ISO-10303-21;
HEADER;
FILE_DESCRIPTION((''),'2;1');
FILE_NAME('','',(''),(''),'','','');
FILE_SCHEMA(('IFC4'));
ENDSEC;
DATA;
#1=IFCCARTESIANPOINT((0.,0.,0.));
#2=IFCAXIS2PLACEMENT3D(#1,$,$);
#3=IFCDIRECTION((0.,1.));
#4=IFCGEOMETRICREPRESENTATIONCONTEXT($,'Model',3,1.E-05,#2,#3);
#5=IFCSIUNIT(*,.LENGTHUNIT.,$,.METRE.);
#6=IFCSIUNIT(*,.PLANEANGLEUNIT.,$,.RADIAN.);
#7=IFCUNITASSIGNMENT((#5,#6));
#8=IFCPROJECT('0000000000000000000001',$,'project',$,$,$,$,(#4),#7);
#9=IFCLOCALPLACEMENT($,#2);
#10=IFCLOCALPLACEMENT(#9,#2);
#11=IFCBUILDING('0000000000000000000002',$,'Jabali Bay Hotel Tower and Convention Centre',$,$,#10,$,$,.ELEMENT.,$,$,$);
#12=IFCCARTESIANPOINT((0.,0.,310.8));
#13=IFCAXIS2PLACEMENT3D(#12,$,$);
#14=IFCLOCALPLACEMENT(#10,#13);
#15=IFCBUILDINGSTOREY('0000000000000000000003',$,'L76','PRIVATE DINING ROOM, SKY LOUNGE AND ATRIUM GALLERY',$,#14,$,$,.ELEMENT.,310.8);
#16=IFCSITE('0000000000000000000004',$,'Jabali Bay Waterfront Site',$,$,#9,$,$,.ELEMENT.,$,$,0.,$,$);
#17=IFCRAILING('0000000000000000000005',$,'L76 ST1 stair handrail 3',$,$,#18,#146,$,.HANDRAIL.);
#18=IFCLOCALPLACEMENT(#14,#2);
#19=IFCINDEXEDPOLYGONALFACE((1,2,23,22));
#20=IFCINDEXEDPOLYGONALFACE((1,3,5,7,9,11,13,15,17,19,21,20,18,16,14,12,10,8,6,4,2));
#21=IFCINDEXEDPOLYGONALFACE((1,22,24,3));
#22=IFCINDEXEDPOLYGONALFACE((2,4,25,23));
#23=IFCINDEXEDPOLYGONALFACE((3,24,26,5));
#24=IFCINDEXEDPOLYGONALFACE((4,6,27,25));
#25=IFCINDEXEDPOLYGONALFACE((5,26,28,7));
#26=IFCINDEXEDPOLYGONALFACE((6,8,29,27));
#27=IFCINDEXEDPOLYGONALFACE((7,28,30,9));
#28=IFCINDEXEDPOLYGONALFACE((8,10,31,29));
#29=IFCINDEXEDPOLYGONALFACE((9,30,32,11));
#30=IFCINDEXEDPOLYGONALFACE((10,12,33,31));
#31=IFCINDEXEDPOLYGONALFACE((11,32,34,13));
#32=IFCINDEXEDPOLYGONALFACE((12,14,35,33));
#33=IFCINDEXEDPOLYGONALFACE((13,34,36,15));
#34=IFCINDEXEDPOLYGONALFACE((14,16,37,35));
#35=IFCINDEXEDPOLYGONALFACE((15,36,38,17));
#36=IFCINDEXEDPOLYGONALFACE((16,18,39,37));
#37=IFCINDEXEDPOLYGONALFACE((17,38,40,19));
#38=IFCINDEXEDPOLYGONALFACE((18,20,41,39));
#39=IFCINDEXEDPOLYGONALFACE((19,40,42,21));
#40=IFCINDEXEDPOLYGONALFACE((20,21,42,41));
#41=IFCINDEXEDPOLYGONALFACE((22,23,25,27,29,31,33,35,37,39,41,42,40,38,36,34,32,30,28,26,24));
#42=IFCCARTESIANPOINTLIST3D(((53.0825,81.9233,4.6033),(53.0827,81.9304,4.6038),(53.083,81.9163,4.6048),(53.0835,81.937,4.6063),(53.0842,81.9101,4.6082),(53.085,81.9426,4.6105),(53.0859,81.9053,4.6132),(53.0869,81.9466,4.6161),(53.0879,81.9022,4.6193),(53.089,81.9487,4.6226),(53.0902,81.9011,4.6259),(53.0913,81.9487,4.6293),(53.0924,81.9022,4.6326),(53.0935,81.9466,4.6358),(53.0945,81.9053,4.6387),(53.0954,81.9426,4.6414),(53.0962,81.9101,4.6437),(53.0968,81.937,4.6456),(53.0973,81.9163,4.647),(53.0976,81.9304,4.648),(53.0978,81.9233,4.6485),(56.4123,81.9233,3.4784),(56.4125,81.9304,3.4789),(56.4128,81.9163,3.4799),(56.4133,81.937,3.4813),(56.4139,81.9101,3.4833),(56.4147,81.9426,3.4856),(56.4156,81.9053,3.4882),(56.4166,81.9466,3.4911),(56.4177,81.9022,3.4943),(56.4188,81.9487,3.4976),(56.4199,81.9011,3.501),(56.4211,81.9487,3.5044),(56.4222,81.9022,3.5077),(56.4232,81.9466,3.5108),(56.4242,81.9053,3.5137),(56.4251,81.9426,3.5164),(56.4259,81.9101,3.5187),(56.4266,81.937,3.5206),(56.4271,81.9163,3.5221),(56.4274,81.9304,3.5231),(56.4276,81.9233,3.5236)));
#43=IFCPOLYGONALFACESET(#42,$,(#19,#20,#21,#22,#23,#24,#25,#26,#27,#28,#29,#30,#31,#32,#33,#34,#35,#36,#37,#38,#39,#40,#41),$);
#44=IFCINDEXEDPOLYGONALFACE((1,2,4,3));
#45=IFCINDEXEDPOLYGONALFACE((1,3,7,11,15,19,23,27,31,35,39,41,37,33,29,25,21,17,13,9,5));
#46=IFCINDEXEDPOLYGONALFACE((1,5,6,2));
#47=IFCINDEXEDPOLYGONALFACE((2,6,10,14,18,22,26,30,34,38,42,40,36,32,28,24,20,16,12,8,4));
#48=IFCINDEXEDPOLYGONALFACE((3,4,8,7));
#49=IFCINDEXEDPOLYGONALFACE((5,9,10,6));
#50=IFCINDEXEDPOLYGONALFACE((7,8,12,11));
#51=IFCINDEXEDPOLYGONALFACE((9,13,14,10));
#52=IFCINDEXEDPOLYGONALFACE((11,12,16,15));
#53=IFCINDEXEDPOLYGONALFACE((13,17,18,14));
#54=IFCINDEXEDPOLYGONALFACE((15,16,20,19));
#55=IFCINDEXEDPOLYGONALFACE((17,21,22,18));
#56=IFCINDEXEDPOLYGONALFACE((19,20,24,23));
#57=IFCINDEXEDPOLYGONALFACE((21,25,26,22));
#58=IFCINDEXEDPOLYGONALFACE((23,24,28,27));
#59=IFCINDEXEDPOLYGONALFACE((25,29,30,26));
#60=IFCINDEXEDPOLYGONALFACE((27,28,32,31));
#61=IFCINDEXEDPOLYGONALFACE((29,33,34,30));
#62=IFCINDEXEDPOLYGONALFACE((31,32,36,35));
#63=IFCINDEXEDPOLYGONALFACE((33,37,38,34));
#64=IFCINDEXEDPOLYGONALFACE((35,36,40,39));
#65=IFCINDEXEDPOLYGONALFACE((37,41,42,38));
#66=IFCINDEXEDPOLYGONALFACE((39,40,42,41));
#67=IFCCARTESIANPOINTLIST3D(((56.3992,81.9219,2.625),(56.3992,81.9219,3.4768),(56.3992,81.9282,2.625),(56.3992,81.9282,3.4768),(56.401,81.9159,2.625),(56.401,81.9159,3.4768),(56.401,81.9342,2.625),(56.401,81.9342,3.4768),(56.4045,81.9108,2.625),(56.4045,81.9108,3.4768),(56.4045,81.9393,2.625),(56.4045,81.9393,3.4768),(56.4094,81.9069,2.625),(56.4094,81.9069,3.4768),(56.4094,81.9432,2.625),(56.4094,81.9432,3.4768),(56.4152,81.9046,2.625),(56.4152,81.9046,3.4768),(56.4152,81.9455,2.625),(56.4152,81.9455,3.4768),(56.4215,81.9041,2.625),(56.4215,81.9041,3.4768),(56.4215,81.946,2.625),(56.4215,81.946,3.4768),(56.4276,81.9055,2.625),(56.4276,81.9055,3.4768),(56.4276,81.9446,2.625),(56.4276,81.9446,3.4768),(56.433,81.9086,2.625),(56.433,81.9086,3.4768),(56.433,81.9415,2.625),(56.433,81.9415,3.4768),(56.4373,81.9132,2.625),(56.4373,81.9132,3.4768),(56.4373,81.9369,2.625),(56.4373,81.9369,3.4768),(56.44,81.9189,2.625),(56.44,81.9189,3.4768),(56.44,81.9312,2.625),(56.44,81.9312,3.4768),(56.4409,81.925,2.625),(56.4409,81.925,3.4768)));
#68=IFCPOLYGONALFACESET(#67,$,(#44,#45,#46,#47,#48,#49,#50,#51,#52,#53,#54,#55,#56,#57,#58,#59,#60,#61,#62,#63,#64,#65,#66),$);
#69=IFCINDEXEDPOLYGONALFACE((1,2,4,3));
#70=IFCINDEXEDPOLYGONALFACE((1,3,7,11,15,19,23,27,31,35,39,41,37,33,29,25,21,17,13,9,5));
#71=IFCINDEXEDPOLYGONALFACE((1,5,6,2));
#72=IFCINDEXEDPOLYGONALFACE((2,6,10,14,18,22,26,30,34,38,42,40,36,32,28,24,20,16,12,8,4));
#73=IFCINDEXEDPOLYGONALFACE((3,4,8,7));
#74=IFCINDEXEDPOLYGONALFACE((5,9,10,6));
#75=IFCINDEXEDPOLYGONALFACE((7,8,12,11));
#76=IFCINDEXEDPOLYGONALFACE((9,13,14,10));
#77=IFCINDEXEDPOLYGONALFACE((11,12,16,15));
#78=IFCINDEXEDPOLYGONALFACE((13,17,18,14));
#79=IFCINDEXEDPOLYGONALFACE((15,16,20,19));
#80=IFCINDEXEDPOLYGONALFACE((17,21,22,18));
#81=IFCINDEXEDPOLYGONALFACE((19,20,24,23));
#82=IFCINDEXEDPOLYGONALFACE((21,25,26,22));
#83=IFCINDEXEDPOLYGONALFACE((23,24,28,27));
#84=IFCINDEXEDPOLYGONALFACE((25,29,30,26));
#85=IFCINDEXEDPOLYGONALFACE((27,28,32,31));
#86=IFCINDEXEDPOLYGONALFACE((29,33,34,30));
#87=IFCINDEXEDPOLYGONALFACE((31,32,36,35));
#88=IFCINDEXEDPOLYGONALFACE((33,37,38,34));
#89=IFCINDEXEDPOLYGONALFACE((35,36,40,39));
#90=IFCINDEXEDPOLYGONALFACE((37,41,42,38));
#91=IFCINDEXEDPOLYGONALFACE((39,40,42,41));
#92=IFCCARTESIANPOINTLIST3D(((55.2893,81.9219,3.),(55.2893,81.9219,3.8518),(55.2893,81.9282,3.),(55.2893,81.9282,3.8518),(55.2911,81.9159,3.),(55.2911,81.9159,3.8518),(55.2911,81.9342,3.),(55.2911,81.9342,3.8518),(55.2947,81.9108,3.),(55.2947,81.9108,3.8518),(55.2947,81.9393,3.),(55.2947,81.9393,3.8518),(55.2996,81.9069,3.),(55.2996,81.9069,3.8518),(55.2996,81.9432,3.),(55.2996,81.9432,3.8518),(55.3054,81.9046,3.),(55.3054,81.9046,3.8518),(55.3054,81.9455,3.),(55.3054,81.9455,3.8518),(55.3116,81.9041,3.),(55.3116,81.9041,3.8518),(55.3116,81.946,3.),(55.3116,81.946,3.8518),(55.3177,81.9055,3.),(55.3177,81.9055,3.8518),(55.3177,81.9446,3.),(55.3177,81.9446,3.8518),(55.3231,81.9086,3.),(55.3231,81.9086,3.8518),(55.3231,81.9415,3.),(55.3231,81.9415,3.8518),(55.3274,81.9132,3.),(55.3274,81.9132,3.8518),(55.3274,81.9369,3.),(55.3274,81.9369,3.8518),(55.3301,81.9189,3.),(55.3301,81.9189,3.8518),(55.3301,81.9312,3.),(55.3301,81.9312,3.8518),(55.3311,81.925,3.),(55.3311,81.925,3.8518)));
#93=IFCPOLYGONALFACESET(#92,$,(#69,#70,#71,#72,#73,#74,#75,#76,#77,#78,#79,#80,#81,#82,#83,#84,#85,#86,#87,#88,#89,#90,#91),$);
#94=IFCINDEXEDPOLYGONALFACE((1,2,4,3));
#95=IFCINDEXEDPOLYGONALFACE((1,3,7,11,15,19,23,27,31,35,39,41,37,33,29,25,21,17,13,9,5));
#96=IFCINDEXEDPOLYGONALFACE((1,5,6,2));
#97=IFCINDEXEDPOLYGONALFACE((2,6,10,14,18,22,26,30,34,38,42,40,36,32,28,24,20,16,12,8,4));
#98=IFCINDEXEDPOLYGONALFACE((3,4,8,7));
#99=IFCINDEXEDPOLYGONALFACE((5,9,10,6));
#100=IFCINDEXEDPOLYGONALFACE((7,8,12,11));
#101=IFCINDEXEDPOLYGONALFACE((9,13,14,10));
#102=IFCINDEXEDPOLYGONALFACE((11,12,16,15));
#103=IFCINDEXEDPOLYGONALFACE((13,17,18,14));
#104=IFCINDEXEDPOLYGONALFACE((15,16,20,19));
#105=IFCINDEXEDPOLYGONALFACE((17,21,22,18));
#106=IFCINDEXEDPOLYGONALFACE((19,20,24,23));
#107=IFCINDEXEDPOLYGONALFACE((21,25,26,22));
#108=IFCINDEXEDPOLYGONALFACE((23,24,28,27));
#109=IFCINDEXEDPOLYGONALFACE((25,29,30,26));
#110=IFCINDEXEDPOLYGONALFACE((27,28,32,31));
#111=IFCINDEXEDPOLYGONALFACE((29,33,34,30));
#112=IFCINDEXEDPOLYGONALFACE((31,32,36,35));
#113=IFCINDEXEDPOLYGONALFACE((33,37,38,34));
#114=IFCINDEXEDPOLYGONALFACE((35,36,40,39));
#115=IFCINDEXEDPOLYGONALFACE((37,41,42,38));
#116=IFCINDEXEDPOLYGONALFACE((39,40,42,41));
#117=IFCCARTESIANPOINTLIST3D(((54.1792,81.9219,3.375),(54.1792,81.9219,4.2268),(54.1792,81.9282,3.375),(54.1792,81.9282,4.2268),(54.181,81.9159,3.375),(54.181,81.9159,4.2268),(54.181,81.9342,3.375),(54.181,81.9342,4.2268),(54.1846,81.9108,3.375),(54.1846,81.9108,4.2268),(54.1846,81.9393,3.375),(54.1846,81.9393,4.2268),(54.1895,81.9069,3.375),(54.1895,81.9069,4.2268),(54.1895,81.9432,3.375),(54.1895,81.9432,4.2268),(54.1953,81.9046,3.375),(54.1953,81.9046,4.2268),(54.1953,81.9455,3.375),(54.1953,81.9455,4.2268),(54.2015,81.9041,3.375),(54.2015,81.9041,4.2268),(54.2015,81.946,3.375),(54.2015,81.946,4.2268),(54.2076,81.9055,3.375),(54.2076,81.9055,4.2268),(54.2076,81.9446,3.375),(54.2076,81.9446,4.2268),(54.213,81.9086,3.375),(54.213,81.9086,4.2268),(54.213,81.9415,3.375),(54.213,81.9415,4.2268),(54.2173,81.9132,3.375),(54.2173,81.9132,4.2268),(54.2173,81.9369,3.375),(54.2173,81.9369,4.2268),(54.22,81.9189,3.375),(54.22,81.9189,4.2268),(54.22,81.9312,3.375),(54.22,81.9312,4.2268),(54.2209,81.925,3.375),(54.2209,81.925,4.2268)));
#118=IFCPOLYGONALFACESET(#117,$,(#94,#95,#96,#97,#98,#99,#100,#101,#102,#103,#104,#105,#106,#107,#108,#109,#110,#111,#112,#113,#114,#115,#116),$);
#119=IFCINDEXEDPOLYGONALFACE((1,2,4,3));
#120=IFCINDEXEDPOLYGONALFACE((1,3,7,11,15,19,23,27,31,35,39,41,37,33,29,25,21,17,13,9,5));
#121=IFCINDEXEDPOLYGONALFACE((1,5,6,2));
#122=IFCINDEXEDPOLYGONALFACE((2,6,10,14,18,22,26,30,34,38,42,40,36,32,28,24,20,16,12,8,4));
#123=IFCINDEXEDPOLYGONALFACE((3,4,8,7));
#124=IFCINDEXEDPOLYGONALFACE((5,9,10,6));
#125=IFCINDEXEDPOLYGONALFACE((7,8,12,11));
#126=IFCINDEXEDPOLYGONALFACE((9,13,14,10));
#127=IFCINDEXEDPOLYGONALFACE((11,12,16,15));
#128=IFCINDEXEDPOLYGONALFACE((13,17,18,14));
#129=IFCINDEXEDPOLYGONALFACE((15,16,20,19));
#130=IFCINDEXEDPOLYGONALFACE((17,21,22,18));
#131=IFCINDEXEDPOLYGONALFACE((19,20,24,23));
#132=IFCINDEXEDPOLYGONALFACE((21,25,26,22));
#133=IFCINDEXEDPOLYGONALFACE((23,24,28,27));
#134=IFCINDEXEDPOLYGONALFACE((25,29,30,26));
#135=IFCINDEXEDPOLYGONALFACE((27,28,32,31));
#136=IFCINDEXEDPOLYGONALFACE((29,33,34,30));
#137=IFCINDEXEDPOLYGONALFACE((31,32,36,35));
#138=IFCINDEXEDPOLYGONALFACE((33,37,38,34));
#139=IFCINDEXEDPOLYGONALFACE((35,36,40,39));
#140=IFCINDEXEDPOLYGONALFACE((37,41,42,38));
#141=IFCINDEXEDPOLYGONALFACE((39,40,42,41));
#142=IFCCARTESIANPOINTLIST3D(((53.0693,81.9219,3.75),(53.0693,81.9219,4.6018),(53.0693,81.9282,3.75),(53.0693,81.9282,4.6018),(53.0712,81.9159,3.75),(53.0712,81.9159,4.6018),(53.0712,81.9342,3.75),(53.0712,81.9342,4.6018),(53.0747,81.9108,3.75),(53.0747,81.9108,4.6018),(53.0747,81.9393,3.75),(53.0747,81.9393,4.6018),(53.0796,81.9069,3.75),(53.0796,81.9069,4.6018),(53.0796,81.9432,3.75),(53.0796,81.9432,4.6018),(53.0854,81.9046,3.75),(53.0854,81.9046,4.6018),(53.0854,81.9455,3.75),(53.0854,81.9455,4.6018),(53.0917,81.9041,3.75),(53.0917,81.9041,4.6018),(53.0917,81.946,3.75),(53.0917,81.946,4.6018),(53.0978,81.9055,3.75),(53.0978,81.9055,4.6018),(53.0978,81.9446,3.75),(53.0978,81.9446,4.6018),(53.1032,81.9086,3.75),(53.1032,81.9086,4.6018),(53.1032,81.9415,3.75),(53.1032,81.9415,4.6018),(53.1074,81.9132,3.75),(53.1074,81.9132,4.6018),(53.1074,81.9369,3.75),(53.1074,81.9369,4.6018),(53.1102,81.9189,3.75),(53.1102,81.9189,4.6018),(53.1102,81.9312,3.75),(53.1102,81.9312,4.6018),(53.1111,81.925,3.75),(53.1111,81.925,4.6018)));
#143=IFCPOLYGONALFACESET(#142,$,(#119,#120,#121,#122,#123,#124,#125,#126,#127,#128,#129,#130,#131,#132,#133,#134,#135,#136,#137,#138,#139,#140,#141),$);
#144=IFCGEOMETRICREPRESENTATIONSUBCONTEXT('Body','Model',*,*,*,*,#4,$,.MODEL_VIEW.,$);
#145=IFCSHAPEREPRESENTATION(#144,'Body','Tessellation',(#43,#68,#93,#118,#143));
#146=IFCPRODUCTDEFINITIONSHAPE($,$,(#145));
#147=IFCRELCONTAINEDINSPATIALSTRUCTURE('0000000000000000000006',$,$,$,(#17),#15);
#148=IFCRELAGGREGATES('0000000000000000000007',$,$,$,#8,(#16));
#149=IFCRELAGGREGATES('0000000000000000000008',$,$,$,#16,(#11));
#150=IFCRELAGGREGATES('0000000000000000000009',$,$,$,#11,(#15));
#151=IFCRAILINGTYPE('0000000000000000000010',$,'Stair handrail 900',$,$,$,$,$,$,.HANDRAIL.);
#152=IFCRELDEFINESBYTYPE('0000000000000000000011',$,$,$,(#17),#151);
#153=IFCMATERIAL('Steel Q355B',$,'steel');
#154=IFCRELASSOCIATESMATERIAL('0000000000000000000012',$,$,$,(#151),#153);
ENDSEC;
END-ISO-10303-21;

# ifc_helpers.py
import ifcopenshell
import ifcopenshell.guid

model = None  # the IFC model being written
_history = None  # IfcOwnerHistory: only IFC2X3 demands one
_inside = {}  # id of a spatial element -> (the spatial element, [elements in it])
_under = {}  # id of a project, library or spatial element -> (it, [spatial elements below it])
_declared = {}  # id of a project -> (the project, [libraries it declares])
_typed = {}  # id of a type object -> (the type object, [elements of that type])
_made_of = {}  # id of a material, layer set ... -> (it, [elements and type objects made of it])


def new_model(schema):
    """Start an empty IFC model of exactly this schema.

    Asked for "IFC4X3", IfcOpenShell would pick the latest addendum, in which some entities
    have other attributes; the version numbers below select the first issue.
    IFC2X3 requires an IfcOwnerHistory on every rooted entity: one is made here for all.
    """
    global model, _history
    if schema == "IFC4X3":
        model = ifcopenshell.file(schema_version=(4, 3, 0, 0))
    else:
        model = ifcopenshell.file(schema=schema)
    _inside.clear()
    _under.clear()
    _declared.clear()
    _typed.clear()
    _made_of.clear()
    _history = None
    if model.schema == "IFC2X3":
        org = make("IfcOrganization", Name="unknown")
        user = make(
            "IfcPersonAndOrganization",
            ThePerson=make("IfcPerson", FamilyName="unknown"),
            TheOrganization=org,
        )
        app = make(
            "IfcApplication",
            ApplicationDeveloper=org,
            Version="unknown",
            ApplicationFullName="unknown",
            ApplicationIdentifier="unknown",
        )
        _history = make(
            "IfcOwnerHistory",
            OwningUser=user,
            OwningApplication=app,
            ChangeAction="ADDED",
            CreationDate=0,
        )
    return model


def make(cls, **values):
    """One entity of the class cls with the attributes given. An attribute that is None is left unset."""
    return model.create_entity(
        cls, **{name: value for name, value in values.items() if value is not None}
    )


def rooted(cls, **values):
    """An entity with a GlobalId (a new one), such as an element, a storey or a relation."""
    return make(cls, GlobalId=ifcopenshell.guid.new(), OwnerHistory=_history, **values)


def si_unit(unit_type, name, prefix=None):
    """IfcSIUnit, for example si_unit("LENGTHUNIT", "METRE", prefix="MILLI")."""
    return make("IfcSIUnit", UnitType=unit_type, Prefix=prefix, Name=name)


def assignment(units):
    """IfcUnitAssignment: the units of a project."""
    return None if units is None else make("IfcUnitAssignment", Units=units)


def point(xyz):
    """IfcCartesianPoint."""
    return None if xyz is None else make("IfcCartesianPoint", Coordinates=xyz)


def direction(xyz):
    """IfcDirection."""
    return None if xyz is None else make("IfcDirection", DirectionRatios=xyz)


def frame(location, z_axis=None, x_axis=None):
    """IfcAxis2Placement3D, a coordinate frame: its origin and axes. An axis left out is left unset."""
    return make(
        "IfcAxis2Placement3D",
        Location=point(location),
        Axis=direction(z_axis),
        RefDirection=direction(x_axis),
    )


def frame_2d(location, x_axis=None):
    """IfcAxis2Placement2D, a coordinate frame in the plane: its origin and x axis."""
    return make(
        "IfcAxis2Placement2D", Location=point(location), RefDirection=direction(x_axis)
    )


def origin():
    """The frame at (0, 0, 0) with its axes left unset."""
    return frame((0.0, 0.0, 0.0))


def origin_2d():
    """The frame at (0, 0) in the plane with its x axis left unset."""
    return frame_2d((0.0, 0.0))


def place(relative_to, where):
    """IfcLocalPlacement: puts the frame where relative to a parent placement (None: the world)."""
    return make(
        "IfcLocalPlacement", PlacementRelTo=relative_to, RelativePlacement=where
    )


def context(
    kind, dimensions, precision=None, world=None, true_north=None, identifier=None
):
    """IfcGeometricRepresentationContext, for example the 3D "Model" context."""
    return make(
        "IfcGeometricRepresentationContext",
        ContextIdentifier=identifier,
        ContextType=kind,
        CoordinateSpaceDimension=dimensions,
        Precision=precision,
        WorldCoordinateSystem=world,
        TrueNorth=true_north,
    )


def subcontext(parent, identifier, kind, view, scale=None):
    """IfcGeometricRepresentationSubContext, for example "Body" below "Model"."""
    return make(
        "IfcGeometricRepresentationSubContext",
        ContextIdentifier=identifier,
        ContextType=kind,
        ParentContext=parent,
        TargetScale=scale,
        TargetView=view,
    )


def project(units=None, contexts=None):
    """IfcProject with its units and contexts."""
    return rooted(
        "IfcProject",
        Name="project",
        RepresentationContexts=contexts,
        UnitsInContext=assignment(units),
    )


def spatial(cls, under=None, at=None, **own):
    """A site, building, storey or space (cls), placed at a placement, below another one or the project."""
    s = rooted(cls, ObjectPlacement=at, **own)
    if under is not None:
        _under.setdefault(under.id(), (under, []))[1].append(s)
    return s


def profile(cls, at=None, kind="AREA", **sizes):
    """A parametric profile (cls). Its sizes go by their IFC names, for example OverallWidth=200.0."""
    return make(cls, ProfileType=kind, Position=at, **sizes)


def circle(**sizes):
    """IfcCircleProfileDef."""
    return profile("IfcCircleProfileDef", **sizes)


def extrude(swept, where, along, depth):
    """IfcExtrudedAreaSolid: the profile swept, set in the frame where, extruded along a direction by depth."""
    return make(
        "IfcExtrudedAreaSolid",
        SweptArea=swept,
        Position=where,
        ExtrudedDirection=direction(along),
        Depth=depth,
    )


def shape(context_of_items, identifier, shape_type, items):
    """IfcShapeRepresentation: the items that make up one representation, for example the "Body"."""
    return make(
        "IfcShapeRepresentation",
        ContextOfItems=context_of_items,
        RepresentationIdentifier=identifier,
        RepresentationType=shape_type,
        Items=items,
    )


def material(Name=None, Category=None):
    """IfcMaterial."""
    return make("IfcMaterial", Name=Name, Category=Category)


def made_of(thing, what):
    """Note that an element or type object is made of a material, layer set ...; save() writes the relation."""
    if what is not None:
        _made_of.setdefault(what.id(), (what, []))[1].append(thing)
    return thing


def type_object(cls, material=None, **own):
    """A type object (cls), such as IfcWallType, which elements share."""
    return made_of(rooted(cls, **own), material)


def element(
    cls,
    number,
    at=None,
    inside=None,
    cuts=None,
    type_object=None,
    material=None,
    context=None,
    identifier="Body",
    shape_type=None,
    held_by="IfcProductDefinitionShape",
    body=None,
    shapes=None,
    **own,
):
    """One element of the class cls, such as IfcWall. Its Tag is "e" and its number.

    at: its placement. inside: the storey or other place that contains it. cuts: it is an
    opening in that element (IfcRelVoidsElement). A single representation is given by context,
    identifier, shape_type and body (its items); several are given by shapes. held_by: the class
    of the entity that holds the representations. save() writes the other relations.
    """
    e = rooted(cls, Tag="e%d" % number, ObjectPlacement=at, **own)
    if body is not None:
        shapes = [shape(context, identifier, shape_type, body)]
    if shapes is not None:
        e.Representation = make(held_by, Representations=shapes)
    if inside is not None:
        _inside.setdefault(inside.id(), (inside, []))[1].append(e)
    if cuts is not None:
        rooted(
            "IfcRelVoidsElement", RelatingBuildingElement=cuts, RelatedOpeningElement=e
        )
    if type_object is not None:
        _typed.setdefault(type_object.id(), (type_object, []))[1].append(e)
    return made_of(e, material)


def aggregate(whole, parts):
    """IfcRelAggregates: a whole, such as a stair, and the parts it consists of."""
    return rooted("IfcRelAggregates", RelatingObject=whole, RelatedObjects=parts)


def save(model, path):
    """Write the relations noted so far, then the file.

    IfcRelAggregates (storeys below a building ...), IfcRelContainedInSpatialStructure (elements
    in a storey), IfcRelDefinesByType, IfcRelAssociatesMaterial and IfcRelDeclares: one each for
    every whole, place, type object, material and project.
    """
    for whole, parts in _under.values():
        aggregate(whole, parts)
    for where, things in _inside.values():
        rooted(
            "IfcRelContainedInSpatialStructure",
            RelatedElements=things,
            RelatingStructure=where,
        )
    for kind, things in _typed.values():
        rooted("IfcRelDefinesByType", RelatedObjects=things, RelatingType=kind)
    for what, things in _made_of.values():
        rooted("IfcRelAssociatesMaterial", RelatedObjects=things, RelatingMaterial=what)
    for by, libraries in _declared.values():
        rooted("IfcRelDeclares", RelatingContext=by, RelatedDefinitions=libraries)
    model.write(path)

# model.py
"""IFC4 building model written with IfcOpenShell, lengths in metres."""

from ifc_helpers import new_model, si_unit, direction, frame, origin, origin_2d, place, context, subcontext, project, spatial, circle, extrude, material, type_object, element, save


model = new_model("IFC4")

# Units and contexts
model_context = context("Model", 3, precision=1e-05, world=origin(), true_north=direction((0.0, 1.0)))
body_context = subcontext(model_context, "Body", "Model", "MODEL_VIEW")
ifc_project = project(units=[si_unit("LENGTHUNIT", "METRE"), si_unit("PLANEANGLEUNIT", "RADIAN")], contexts=[model_context])

# Site, building, storey
site_placement = place(None, origin())
site = spatial("IfcSite", under=ifc_project, at=site_placement, Name="Jabali Bay Waterfront Site", CompositionType="ELEMENT", RefElevation=0.0)
building_placement = place(site_placement, origin())
building = spatial("IfcBuilding", under=site, at=building_placement, Name="Jabali Bay Hotel Tower and Convention Centre", CompositionType="ELEMENT")
storey_placement = place(building_placement, frame((0.0, 0.0, 310.8)))
storey = spatial("IfcBuildingStorey", under=building, at=storey_placement, Name="L76", Description="PRIVATE DINING ROOM, SKY LOUNGE AND ATRIUM GALLERY", CompositionType="ELEMENT", Elevation=310.8)

# Railing
ifc_material_1 = material(Name="Steel Q355B", Category="steel")
railing_type_1 = type_object("IfcRailingType", Name="Stair handrail 900", PredefinedType="HANDRAIL", material=ifc_material_1)
for number, where, name in (
    (1, (56.4199, 81.925, 2.625), "L76 ST1 stair handrail 3"),
):
    element("IfcRailing", number, at=place(storey_placement, frame(where)), inside=storey, type_object=railing_type_1, Name=name, PredefinedType="HANDRAIL", context=body_context, shape_type="SweptSolid", body=[
        extrude(circle(Radius=0.0239, at=origin_2d()), frame((0.0, 0.0, 0.876), z_axis=(-0.94739, 0.0, 0.32008), x_axis=(0.0, -1.0, 0.0)), (0.0, 0.0, 1.0), 3.5146),
        extrude(circle(Radius=0.021, at=origin_2d()), origin(), (0.0, 0.0, 1.0), 0.8518),
        extrude(circle(Radius=0.021, at=origin_2d()), frame((-1.1099, 0.0, 0.375)), (0.0, 0.0, 1.0), 0.8518),
        extrude(circle(Radius=0.021, at=origin_2d()), frame((-2.22, 0.0, 0.75)), (0.0, 0.0, 1.0), 0.8518),
        extrude(circle(Radius=0.021, at=origin_2d()), frame((-3.3298, 0.0, 1.125)), (0.0, 0.0, 1.0), 0.8518),
    ])

save(model, "model.ifc")
